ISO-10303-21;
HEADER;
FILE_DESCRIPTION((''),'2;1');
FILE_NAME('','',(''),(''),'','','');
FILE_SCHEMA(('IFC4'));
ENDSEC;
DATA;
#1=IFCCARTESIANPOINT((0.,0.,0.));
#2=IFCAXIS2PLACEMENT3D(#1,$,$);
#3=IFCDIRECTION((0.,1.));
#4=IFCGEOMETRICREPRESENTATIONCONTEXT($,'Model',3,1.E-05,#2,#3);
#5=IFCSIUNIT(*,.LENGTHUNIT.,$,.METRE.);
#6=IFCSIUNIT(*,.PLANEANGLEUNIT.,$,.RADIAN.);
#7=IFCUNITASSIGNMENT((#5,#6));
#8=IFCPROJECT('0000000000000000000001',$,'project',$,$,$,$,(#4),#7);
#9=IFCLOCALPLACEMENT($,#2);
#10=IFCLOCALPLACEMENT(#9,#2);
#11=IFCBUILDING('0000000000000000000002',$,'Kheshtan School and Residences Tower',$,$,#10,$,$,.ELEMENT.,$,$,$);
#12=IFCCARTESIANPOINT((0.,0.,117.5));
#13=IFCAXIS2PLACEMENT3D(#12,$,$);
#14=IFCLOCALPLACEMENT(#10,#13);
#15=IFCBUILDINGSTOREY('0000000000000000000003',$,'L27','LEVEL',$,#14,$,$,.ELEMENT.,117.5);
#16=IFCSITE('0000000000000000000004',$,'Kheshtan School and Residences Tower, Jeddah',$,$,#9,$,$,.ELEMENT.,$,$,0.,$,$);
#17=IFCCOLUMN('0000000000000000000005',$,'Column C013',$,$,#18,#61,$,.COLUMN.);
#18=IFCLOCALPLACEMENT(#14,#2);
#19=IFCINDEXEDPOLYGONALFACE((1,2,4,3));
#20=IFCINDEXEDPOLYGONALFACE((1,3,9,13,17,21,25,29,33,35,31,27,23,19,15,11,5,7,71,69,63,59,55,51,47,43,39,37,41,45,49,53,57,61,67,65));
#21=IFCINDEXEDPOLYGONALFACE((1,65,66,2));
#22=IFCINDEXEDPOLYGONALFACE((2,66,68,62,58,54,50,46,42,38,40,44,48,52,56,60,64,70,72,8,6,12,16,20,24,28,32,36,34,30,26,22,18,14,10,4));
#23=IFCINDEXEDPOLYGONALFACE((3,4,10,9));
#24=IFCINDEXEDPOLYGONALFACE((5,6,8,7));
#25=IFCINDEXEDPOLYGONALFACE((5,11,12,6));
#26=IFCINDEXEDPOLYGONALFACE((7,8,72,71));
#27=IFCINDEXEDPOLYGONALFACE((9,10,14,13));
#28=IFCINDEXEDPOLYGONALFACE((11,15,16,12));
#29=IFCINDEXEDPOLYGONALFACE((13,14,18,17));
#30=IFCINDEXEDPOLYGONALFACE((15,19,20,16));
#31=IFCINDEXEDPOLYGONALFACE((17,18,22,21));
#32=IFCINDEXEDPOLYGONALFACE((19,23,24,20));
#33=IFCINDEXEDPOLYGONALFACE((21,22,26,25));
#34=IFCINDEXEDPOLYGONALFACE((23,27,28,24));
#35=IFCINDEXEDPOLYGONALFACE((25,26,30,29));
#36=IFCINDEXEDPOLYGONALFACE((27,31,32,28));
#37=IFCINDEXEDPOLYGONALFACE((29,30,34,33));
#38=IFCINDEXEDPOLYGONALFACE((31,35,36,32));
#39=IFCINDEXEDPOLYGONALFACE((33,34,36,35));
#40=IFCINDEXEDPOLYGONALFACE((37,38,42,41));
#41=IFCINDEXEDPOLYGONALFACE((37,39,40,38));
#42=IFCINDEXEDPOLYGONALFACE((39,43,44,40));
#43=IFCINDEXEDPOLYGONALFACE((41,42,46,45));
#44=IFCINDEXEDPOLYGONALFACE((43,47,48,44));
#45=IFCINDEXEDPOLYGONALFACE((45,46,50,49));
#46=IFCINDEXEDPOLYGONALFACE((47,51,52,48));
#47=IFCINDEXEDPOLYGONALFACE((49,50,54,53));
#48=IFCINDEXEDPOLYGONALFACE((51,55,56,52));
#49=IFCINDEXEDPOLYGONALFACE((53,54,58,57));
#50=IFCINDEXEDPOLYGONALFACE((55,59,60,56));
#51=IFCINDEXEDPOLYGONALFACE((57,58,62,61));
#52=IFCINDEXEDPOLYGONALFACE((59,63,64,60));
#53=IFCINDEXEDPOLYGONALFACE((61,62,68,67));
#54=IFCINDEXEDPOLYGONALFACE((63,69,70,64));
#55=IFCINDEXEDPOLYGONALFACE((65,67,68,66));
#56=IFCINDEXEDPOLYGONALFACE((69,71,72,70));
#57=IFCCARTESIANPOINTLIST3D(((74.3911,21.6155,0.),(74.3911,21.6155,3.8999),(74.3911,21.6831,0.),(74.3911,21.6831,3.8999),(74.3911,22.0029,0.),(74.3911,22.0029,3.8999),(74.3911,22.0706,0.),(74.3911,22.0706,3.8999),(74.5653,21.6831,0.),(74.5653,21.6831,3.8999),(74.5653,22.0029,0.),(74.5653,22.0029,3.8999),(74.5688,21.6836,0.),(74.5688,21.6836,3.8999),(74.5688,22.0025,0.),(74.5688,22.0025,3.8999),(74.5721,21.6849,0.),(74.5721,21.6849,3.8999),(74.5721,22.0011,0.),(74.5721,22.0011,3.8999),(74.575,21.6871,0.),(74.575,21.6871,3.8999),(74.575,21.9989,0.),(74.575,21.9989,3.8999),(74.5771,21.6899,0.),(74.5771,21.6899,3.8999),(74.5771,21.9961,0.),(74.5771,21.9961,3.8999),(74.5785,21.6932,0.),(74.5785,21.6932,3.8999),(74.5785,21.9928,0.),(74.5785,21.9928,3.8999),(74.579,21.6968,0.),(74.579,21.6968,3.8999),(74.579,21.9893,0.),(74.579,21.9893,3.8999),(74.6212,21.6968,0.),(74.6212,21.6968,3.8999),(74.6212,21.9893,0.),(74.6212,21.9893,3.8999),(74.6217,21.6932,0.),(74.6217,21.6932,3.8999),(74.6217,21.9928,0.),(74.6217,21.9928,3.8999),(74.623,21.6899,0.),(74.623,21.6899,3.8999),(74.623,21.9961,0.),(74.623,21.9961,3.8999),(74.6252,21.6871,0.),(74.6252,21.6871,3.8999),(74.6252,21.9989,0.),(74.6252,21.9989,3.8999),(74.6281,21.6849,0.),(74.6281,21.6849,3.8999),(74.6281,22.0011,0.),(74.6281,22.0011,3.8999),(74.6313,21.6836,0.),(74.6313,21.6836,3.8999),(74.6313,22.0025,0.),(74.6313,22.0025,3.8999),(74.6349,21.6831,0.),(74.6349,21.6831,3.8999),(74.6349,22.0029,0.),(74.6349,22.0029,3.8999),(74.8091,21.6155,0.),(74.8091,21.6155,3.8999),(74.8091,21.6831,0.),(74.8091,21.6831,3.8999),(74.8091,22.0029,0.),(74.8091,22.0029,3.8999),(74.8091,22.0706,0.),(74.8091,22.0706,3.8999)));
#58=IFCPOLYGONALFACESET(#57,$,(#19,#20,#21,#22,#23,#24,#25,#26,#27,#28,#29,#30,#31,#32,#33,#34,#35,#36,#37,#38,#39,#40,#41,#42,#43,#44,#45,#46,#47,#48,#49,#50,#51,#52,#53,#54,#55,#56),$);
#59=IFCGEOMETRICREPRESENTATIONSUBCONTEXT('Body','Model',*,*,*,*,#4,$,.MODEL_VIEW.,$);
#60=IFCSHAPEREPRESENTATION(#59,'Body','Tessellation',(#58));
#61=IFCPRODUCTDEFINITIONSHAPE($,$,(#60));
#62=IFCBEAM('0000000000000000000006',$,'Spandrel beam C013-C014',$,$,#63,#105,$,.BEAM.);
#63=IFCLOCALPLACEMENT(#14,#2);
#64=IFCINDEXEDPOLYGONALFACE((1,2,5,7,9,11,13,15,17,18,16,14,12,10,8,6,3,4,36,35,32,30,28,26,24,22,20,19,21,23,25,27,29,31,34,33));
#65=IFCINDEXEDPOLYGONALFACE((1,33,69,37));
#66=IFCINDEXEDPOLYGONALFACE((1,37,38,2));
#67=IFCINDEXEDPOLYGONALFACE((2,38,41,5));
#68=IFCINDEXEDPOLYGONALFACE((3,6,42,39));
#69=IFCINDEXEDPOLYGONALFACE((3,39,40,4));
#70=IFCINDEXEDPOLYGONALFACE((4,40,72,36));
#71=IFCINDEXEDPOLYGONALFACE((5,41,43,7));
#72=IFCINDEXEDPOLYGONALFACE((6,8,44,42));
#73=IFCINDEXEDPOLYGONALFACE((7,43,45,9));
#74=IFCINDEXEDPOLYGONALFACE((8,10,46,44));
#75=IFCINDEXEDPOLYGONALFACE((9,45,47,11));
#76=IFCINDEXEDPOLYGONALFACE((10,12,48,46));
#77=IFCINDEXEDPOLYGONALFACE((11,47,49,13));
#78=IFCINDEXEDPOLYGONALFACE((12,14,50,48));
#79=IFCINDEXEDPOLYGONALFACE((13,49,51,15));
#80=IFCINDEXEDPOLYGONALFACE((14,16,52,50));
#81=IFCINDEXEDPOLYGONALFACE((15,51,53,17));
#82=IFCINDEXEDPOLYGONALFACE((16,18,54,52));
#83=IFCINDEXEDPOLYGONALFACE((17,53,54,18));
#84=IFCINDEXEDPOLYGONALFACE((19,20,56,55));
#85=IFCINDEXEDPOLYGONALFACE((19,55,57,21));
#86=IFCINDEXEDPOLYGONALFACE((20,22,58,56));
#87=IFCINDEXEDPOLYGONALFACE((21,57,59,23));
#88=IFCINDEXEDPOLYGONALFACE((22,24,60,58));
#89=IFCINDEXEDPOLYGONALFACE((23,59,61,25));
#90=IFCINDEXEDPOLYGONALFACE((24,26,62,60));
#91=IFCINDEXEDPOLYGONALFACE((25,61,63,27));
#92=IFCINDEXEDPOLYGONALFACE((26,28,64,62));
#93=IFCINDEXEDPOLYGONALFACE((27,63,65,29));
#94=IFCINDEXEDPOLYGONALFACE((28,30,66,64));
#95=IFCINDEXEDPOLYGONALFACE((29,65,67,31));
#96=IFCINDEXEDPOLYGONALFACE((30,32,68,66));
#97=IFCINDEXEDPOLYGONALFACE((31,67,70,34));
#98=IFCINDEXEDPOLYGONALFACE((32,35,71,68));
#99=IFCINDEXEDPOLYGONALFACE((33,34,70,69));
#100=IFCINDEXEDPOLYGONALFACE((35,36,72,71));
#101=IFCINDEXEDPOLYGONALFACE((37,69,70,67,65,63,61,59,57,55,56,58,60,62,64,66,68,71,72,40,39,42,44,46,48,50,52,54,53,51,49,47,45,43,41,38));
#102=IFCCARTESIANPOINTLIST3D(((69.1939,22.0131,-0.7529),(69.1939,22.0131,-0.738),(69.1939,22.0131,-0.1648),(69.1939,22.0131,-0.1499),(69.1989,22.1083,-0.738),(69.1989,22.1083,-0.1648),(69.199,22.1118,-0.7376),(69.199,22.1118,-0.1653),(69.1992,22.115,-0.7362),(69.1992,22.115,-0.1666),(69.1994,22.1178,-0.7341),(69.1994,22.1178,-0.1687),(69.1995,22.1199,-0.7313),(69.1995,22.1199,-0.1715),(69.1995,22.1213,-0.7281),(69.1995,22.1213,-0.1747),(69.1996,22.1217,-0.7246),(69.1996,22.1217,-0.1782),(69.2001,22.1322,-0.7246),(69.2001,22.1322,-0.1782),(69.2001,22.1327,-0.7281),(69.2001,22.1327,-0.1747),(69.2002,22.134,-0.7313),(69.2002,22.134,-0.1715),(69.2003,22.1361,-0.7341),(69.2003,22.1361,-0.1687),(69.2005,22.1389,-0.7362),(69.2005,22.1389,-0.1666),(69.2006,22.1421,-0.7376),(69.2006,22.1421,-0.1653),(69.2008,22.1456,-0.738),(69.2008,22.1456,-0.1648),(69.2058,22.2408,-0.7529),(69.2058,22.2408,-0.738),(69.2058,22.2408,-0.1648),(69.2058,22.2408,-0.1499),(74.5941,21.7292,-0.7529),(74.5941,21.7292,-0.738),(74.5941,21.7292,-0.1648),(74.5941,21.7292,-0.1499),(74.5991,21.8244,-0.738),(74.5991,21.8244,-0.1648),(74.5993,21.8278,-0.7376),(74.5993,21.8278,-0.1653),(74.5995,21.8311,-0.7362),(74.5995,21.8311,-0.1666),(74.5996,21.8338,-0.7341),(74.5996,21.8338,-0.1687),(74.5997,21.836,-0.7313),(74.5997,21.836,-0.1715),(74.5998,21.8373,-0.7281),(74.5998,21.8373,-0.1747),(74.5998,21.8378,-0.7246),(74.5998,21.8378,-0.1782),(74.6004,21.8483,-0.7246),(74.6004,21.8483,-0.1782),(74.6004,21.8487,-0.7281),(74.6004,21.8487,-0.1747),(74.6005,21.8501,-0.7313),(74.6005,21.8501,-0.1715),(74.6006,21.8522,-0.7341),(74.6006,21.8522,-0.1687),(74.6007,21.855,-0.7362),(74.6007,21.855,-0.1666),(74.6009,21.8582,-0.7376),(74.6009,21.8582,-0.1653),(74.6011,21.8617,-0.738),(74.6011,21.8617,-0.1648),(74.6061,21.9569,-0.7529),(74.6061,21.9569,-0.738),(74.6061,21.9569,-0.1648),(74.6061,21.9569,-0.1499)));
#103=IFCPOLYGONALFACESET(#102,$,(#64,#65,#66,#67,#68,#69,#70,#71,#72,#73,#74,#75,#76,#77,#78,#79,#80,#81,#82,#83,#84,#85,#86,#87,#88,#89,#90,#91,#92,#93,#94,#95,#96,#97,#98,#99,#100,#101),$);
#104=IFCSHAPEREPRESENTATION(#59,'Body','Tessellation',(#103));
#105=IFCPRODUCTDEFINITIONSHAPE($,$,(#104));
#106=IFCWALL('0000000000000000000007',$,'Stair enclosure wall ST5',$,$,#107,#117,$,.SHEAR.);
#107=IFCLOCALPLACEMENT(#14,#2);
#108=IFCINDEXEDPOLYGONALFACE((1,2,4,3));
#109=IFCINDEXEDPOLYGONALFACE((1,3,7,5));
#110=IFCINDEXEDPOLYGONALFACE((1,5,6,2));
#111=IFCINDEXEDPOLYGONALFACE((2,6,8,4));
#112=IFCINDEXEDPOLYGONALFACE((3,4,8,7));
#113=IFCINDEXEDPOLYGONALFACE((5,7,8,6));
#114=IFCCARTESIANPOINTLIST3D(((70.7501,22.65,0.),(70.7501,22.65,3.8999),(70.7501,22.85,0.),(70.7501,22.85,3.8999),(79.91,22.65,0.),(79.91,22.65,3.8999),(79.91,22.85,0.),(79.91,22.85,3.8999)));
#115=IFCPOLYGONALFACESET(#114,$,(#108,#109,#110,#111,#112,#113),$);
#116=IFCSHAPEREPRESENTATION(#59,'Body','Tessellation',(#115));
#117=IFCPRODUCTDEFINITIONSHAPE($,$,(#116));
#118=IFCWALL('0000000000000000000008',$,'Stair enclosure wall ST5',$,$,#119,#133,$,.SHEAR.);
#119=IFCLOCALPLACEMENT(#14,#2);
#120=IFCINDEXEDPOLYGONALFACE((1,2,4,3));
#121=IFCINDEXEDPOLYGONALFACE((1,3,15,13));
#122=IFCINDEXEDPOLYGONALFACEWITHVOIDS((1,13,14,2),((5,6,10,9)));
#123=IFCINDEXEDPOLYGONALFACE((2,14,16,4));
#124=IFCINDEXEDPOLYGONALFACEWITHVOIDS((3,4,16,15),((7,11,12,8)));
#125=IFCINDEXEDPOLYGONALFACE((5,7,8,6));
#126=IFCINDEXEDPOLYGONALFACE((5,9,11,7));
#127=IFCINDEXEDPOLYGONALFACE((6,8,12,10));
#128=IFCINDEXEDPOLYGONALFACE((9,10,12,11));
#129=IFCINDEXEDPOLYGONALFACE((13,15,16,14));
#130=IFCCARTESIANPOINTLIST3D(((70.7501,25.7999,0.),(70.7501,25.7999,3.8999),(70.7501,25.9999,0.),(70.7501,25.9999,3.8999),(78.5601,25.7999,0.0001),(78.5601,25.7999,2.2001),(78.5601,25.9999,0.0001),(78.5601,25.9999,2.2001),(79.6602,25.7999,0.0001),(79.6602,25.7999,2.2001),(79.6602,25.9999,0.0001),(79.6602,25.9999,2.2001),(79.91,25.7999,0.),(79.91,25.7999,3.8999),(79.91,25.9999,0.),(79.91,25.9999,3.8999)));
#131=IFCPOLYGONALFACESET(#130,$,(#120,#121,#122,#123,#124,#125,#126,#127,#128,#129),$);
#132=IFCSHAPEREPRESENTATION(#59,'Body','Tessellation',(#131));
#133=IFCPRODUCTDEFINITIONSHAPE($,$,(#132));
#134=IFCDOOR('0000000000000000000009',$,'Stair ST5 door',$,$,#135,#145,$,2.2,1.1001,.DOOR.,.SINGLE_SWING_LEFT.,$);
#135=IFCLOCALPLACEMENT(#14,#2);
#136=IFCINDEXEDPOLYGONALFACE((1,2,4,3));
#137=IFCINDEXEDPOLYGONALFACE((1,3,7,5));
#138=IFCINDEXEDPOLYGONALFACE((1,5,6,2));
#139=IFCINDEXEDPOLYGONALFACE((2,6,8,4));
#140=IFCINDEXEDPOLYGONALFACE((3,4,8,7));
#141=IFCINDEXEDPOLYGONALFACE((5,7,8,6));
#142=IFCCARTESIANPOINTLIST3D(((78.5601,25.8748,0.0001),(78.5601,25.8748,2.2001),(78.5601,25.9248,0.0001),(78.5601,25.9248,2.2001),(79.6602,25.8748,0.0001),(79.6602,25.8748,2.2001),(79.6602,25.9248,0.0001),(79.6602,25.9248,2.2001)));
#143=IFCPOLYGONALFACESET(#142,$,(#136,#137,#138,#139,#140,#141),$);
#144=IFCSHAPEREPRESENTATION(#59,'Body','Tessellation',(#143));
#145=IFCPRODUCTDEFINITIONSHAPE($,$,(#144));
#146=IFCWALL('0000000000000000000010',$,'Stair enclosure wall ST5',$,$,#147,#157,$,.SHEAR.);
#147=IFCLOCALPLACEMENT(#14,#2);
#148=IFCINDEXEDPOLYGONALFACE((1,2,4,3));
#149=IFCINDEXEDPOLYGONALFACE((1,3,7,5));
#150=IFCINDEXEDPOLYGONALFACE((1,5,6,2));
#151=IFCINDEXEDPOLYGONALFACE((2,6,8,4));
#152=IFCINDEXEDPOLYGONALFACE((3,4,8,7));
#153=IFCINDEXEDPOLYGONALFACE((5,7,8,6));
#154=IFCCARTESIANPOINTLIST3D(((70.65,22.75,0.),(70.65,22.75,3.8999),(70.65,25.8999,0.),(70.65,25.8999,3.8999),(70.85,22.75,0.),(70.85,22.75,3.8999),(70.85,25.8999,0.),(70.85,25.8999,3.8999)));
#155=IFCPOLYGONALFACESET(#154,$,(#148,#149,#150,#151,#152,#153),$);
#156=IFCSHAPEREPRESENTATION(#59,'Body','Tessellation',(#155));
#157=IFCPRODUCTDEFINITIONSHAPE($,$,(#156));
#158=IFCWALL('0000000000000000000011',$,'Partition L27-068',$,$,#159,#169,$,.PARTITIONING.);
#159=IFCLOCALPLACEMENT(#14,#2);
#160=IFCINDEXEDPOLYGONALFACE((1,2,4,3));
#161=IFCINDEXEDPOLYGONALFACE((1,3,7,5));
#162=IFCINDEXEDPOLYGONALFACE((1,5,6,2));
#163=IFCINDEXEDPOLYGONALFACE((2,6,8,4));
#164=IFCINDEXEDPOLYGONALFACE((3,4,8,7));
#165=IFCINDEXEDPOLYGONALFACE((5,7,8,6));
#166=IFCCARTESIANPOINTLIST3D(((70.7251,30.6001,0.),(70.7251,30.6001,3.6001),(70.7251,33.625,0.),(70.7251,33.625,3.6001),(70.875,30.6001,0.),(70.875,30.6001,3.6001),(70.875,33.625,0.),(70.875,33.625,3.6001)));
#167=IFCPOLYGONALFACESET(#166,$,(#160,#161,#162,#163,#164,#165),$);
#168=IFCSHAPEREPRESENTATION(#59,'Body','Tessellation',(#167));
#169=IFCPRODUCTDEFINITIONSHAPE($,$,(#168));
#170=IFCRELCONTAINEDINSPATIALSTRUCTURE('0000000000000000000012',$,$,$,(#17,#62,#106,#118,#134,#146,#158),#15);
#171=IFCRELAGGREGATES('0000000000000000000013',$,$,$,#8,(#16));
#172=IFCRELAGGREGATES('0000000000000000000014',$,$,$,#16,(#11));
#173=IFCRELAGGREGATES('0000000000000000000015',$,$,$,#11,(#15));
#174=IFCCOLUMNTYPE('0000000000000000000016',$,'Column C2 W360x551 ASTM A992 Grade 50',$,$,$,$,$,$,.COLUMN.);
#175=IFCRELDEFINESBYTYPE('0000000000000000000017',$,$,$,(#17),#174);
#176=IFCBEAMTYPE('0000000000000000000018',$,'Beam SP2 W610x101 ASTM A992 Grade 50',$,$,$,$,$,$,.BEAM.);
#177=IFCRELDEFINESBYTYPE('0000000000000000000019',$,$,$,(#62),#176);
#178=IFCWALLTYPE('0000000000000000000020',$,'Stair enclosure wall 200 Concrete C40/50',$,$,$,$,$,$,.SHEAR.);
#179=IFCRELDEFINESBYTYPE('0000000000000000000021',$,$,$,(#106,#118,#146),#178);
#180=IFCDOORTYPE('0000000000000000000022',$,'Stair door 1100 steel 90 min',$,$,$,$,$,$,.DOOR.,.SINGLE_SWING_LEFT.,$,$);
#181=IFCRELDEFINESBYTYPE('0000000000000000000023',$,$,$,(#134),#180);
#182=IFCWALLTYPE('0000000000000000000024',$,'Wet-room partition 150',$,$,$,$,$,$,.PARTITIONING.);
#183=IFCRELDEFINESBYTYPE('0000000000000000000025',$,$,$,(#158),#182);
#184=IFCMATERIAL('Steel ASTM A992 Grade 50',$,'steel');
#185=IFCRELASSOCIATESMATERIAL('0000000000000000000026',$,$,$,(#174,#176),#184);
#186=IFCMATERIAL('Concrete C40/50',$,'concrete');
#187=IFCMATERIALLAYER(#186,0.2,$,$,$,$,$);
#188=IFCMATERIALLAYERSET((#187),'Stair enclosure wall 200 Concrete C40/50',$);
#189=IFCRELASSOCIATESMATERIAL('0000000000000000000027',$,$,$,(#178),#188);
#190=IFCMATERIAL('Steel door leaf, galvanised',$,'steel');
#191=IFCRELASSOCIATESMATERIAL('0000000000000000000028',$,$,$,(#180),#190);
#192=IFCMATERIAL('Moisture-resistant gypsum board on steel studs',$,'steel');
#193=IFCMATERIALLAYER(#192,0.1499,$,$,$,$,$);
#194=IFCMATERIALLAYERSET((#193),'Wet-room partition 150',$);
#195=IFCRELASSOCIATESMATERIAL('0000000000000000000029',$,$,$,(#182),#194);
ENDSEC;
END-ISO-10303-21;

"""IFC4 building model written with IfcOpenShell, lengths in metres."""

from ifc_helpers import new_model, si_unit, direction, frame, frame_2d, origin, origin_2d, place, context, subcontext, project, spatial, rectangle, i_section, extrude, source, transform, mapped, material, layer, layer_set, material_profile, profile_set, type_object, element, fill, save


model = new_model("IFC4")

# Units and contexts
model_context = context("Model", 3, precision=1e-05, world=origin(), true_north=direction((0.0, 1.0)))
body_context = subcontext(model_context, "Body", "Model", "MODEL_VIEW")
ifc_project = project(units=[si_unit("LENGTHUNIT", "METRE"), si_unit("PLANEANGLEUNIT", "RADIAN")], contexts=[model_context])

# Site, building, storey
site_placement = place(None, origin())
site = spatial("IfcSite", under=ifc_project, at=site_placement, Name="Kheshtan School and Residences Tower, Jeddah", CompositionType="ELEMENT", RefElevation=0.0)
building_placement = place(site_placement, origin())
building = spatial("IfcBuilding", under=site, at=building_placement, Name="Kheshtan School and Residences Tower", CompositionType="ELEMENT")
storey_placement = place(building_placement, frame((0.0, 0.0, 117.5)))
storey = spatial("IfcBuildingStorey", under=building, at=storey_placement, Name="L27", Description="LEVEL", CompositionType="ELEMENT", Elevation=117.5)

# Column
ifc_material_1 = material(Name="Steel ASTM A992 Grade 50", Category="steel")
ifc_material_profile_1 = material_profile(ifc_material_1, i_section(OverallWidth=0.418, OverallDepth=0.4551, WebThickness=0.0422, FlangeThickness=0.0676, FilletRadius=0.0137, at=origin_2d()), Name="W360x551")
ifc_profile_set_1 = profile_set([ifc_material_profile_1], Name="Steel ASTM A992 Grade 50")
column_type = type_object("IfcColumnType", Name="Column C2 W360x551 ASTM A992 Grade 50", PredefinedType="COLUMN", material=ifc_profile_set_1)
column_placement = place(storey_placement, frame((74.6001, 21.843, 0.0), z_axis=(0.0, 0.0, 1.0), x_axis=(1.0, 0.0, 0.0)))
element("IfcColumn", 1, at=column_placement, inside=storey, type_object=column_type, Name="Column C013", PredefinedType="COLUMN", context=body_context, shape_type="SweptSolid", body=[
    extrude(i_section(OverallWidth=0.418, OverallDepth=0.4551, WebThickness=0.0422, FlangeThickness=0.0676, FilletRadius=0.0137, at=origin_2d()), origin(), (0.0, 0.0, 1.0), 3.8999),
])

# Beam
ifc_material_profile_2 = material_profile(ifc_material_1, i_section(OverallWidth=0.228, OverallDepth=0.603, WebThickness=0.0105, FlangeThickness=0.0149, FilletRadius=0.0134, at=origin_2d()), Name="W610x101")
ifc_profile_set_2 = profile_set([ifc_material_profile_2], Name="Steel ASTM A992 Grade 50")
beam_type = type_object("IfcBeamType", Name="Beam SP2 W610x101 ASTM A992 Grade 50", PredefinedType="BEAM", material=ifc_profile_set_2)
beam_placement = place(storey_placement, frame((74.6001, 21.843, -0.4514), z_axis=(-0.998621, 0.052507, 0.0), x_axis=(-0.052507, -0.998621, 0.0)))
element("IfcBeam", 2, at=beam_placement, inside=storey, type_object=beam_type, Name="Spandrel beam C013-C014", PredefinedType="BEAM", context=body_context, shape_type="SweptSolid", body=[
    extrude(i_section(OverallWidth=0.228, OverallDepth=0.603, WebThickness=0.0105, FlangeThickness=0.0149, FilletRadius=0.0134, at=origin_2d()), origin(), (0.0, 0.0, 1.0), 5.4077),
])

# Wall
ifc_material_2 = material(Name="Concrete C40/50", Category="concrete")
ifc_layer_1 = layer(ifc_material_2, 0.2)
ifc_layer_set_1 = layer_set([ifc_layer_1], Name="Stair enclosure wall 200 Concrete C40/50")
wall_type_1 = type_object("IfcWallType", Name="Stair enclosure wall 200 Concrete C40/50", PredefinedType="SHEAR", material=ifc_layer_set_1)
wall_1_placement = place(storey_placement, frame((70.75, 22.75, 0.0), z_axis=(0.0, 0.0, 1.0), x_axis=(1.0, 0.0, 0.0)))
element("IfcWall", 3, at=wall_1_placement, inside=storey, type_object=wall_type_1, Name="Stair enclosure wall ST5", PredefinedType="SHEAR", context=body_context, shape_type="SweptSolid", body=[
    extrude(rectangle(XDim=9.1599, YDim=0.2, at=frame_2d((4.5801, 0.0))), origin(), (0.0, 0.0, 1.0), 3.8999),
])

# Wall, opening, door
wall_2_placement = place(storey_placement, frame((70.75, 25.8999, 0.0), z_axis=(0.0, 0.0, 1.0), x_axis=(1.0, 0.0, 0.0)))
wall_2 = element("IfcWall", 4, at=wall_2_placement, inside=storey, type_object=wall_type_1, Name="Stair enclosure wall ST5", PredefinedType="SHEAR", context=body_context, shape_type="SweptSolid", body=[
    extrude(rectangle(XDim=9.1599, YDim=0.2, at=frame_2d((4.5801, 0.0))), origin(), (0.0, 0.0, 1.0), 3.8999),
])
opening_1_placement = place(wall_2_placement, frame((7.8101, 0.0, 0.0)))
opening_1 = element("IfcOpeningElement", 5, at=opening_1_placement, cuts=wall_2, PredefinedType="OPENING", context=body_context, shape_type="SweptSolid", body=[
    extrude(rectangle(XDim=1.1001, YDim=2.2, at=frame_2d((0.55, 1.1001))), frame((0.0, 0.1099, 0.0), z_axis=(0.0, -1.0, 0.0), x_axis=(1.0, 0.0, 0.0)), (0.0, 0.0, 1.0), 0.22),
])
ifc_material_3 = material(Name="Steel door leaf, galvanised", Category="steel")
door_type_1 = type_object("IfcDoorType", Name="Stair door 1100 steel 90 min", OperationType="SINGLE_SWING_LEFT", PredefinedType="DOOR", material=ifc_material_3)
shared_shape_1 = source(origin(), body_context, "Body", "SweptSolid", [
    extrude(rectangle(XDim=1.1001, YDim=2.2, at=frame_2d((0.55, 1.1001))), frame((0.0, 0.0249, 0.0), z_axis=(0.0, -1.0, 0.0), x_axis=(1.0, 0.0, 0.0)), (0.0, 0.0, 1.0), 0.05),
])
door_1_placement = place(opening_1_placement, origin())
door_1 = element("IfcDoor", 6, at=door_1_placement, inside=storey, type_object=door_type_1, Name="Stair ST5 door", OperationType="SINGLE_SWING_LEFT", OverallHeight=2.2, OverallWidth=1.1001, PredefinedType="DOOR", context=body_context, shape_type="MappedRepresentation", body=[
    mapped(shared_shape_1, transform((0.0, 0.0, 0.0), x_axis=(1.0, 0.0, 0.0), y_axis=(0.0, 1.0, 0.0), z_axis=(0.0, 0.0, 1.0), scale=1.0)),
])
fill(opening_1, door_1)

# Walls
wall_3_placement = place(storey_placement, frame((70.75, 22.75, 0.0), z_axis=(0.0, 0.0, 1.0), x_axis=(0.0, 1.0, 0.0)))
element("IfcWall", 7, at=wall_3_placement, inside=storey, type_object=wall_type_1, Name="Stair enclosure wall ST5", PredefinedType="SHEAR", context=body_context, shape_type="SweptSolid", body=[
    extrude(rectangle(XDim=3.1499, YDim=0.2, at=frame_2d((1.575, 0.0))), origin(), (0.0, 0.0, 1.0), 3.8999),
])
ifc_material_4 = material(Name="Moisture-resistant gypsum board on steel studs", Category="steel")
ifc_layer_2 = layer(ifc_material_4, 0.1499)
ifc_layer_set_2 = layer_set([ifc_layer_2], Name="Wet-room partition 150")
wall_type_2 = type_object("IfcWallType", Name="Wet-room partition 150", PredefinedType="PARTITIONING", material=ifc_layer_set_2)
wall_4_placement = place(storey_placement, frame((70.8, 30.6001, 0.0), z_axis=(0.0, 0.0, 1.0), x_axis=(0.0, 1.0, 0.0)))
element("IfcWall", 8, at=wall_4_placement, inside=storey, type_object=wall_type_2, Name="Partition L27-068", PredefinedType="PARTITIONING", context=body_context, shape_type="SweptSolid", body=[
    extrude(rectangle(XDim=3.0249, YDim=0.1499, at=frame_2d((1.5125, 0.0))), origin(), (0.0, 0.0, 1.0), 3.6001),
])

save(model, "model.ifc")
